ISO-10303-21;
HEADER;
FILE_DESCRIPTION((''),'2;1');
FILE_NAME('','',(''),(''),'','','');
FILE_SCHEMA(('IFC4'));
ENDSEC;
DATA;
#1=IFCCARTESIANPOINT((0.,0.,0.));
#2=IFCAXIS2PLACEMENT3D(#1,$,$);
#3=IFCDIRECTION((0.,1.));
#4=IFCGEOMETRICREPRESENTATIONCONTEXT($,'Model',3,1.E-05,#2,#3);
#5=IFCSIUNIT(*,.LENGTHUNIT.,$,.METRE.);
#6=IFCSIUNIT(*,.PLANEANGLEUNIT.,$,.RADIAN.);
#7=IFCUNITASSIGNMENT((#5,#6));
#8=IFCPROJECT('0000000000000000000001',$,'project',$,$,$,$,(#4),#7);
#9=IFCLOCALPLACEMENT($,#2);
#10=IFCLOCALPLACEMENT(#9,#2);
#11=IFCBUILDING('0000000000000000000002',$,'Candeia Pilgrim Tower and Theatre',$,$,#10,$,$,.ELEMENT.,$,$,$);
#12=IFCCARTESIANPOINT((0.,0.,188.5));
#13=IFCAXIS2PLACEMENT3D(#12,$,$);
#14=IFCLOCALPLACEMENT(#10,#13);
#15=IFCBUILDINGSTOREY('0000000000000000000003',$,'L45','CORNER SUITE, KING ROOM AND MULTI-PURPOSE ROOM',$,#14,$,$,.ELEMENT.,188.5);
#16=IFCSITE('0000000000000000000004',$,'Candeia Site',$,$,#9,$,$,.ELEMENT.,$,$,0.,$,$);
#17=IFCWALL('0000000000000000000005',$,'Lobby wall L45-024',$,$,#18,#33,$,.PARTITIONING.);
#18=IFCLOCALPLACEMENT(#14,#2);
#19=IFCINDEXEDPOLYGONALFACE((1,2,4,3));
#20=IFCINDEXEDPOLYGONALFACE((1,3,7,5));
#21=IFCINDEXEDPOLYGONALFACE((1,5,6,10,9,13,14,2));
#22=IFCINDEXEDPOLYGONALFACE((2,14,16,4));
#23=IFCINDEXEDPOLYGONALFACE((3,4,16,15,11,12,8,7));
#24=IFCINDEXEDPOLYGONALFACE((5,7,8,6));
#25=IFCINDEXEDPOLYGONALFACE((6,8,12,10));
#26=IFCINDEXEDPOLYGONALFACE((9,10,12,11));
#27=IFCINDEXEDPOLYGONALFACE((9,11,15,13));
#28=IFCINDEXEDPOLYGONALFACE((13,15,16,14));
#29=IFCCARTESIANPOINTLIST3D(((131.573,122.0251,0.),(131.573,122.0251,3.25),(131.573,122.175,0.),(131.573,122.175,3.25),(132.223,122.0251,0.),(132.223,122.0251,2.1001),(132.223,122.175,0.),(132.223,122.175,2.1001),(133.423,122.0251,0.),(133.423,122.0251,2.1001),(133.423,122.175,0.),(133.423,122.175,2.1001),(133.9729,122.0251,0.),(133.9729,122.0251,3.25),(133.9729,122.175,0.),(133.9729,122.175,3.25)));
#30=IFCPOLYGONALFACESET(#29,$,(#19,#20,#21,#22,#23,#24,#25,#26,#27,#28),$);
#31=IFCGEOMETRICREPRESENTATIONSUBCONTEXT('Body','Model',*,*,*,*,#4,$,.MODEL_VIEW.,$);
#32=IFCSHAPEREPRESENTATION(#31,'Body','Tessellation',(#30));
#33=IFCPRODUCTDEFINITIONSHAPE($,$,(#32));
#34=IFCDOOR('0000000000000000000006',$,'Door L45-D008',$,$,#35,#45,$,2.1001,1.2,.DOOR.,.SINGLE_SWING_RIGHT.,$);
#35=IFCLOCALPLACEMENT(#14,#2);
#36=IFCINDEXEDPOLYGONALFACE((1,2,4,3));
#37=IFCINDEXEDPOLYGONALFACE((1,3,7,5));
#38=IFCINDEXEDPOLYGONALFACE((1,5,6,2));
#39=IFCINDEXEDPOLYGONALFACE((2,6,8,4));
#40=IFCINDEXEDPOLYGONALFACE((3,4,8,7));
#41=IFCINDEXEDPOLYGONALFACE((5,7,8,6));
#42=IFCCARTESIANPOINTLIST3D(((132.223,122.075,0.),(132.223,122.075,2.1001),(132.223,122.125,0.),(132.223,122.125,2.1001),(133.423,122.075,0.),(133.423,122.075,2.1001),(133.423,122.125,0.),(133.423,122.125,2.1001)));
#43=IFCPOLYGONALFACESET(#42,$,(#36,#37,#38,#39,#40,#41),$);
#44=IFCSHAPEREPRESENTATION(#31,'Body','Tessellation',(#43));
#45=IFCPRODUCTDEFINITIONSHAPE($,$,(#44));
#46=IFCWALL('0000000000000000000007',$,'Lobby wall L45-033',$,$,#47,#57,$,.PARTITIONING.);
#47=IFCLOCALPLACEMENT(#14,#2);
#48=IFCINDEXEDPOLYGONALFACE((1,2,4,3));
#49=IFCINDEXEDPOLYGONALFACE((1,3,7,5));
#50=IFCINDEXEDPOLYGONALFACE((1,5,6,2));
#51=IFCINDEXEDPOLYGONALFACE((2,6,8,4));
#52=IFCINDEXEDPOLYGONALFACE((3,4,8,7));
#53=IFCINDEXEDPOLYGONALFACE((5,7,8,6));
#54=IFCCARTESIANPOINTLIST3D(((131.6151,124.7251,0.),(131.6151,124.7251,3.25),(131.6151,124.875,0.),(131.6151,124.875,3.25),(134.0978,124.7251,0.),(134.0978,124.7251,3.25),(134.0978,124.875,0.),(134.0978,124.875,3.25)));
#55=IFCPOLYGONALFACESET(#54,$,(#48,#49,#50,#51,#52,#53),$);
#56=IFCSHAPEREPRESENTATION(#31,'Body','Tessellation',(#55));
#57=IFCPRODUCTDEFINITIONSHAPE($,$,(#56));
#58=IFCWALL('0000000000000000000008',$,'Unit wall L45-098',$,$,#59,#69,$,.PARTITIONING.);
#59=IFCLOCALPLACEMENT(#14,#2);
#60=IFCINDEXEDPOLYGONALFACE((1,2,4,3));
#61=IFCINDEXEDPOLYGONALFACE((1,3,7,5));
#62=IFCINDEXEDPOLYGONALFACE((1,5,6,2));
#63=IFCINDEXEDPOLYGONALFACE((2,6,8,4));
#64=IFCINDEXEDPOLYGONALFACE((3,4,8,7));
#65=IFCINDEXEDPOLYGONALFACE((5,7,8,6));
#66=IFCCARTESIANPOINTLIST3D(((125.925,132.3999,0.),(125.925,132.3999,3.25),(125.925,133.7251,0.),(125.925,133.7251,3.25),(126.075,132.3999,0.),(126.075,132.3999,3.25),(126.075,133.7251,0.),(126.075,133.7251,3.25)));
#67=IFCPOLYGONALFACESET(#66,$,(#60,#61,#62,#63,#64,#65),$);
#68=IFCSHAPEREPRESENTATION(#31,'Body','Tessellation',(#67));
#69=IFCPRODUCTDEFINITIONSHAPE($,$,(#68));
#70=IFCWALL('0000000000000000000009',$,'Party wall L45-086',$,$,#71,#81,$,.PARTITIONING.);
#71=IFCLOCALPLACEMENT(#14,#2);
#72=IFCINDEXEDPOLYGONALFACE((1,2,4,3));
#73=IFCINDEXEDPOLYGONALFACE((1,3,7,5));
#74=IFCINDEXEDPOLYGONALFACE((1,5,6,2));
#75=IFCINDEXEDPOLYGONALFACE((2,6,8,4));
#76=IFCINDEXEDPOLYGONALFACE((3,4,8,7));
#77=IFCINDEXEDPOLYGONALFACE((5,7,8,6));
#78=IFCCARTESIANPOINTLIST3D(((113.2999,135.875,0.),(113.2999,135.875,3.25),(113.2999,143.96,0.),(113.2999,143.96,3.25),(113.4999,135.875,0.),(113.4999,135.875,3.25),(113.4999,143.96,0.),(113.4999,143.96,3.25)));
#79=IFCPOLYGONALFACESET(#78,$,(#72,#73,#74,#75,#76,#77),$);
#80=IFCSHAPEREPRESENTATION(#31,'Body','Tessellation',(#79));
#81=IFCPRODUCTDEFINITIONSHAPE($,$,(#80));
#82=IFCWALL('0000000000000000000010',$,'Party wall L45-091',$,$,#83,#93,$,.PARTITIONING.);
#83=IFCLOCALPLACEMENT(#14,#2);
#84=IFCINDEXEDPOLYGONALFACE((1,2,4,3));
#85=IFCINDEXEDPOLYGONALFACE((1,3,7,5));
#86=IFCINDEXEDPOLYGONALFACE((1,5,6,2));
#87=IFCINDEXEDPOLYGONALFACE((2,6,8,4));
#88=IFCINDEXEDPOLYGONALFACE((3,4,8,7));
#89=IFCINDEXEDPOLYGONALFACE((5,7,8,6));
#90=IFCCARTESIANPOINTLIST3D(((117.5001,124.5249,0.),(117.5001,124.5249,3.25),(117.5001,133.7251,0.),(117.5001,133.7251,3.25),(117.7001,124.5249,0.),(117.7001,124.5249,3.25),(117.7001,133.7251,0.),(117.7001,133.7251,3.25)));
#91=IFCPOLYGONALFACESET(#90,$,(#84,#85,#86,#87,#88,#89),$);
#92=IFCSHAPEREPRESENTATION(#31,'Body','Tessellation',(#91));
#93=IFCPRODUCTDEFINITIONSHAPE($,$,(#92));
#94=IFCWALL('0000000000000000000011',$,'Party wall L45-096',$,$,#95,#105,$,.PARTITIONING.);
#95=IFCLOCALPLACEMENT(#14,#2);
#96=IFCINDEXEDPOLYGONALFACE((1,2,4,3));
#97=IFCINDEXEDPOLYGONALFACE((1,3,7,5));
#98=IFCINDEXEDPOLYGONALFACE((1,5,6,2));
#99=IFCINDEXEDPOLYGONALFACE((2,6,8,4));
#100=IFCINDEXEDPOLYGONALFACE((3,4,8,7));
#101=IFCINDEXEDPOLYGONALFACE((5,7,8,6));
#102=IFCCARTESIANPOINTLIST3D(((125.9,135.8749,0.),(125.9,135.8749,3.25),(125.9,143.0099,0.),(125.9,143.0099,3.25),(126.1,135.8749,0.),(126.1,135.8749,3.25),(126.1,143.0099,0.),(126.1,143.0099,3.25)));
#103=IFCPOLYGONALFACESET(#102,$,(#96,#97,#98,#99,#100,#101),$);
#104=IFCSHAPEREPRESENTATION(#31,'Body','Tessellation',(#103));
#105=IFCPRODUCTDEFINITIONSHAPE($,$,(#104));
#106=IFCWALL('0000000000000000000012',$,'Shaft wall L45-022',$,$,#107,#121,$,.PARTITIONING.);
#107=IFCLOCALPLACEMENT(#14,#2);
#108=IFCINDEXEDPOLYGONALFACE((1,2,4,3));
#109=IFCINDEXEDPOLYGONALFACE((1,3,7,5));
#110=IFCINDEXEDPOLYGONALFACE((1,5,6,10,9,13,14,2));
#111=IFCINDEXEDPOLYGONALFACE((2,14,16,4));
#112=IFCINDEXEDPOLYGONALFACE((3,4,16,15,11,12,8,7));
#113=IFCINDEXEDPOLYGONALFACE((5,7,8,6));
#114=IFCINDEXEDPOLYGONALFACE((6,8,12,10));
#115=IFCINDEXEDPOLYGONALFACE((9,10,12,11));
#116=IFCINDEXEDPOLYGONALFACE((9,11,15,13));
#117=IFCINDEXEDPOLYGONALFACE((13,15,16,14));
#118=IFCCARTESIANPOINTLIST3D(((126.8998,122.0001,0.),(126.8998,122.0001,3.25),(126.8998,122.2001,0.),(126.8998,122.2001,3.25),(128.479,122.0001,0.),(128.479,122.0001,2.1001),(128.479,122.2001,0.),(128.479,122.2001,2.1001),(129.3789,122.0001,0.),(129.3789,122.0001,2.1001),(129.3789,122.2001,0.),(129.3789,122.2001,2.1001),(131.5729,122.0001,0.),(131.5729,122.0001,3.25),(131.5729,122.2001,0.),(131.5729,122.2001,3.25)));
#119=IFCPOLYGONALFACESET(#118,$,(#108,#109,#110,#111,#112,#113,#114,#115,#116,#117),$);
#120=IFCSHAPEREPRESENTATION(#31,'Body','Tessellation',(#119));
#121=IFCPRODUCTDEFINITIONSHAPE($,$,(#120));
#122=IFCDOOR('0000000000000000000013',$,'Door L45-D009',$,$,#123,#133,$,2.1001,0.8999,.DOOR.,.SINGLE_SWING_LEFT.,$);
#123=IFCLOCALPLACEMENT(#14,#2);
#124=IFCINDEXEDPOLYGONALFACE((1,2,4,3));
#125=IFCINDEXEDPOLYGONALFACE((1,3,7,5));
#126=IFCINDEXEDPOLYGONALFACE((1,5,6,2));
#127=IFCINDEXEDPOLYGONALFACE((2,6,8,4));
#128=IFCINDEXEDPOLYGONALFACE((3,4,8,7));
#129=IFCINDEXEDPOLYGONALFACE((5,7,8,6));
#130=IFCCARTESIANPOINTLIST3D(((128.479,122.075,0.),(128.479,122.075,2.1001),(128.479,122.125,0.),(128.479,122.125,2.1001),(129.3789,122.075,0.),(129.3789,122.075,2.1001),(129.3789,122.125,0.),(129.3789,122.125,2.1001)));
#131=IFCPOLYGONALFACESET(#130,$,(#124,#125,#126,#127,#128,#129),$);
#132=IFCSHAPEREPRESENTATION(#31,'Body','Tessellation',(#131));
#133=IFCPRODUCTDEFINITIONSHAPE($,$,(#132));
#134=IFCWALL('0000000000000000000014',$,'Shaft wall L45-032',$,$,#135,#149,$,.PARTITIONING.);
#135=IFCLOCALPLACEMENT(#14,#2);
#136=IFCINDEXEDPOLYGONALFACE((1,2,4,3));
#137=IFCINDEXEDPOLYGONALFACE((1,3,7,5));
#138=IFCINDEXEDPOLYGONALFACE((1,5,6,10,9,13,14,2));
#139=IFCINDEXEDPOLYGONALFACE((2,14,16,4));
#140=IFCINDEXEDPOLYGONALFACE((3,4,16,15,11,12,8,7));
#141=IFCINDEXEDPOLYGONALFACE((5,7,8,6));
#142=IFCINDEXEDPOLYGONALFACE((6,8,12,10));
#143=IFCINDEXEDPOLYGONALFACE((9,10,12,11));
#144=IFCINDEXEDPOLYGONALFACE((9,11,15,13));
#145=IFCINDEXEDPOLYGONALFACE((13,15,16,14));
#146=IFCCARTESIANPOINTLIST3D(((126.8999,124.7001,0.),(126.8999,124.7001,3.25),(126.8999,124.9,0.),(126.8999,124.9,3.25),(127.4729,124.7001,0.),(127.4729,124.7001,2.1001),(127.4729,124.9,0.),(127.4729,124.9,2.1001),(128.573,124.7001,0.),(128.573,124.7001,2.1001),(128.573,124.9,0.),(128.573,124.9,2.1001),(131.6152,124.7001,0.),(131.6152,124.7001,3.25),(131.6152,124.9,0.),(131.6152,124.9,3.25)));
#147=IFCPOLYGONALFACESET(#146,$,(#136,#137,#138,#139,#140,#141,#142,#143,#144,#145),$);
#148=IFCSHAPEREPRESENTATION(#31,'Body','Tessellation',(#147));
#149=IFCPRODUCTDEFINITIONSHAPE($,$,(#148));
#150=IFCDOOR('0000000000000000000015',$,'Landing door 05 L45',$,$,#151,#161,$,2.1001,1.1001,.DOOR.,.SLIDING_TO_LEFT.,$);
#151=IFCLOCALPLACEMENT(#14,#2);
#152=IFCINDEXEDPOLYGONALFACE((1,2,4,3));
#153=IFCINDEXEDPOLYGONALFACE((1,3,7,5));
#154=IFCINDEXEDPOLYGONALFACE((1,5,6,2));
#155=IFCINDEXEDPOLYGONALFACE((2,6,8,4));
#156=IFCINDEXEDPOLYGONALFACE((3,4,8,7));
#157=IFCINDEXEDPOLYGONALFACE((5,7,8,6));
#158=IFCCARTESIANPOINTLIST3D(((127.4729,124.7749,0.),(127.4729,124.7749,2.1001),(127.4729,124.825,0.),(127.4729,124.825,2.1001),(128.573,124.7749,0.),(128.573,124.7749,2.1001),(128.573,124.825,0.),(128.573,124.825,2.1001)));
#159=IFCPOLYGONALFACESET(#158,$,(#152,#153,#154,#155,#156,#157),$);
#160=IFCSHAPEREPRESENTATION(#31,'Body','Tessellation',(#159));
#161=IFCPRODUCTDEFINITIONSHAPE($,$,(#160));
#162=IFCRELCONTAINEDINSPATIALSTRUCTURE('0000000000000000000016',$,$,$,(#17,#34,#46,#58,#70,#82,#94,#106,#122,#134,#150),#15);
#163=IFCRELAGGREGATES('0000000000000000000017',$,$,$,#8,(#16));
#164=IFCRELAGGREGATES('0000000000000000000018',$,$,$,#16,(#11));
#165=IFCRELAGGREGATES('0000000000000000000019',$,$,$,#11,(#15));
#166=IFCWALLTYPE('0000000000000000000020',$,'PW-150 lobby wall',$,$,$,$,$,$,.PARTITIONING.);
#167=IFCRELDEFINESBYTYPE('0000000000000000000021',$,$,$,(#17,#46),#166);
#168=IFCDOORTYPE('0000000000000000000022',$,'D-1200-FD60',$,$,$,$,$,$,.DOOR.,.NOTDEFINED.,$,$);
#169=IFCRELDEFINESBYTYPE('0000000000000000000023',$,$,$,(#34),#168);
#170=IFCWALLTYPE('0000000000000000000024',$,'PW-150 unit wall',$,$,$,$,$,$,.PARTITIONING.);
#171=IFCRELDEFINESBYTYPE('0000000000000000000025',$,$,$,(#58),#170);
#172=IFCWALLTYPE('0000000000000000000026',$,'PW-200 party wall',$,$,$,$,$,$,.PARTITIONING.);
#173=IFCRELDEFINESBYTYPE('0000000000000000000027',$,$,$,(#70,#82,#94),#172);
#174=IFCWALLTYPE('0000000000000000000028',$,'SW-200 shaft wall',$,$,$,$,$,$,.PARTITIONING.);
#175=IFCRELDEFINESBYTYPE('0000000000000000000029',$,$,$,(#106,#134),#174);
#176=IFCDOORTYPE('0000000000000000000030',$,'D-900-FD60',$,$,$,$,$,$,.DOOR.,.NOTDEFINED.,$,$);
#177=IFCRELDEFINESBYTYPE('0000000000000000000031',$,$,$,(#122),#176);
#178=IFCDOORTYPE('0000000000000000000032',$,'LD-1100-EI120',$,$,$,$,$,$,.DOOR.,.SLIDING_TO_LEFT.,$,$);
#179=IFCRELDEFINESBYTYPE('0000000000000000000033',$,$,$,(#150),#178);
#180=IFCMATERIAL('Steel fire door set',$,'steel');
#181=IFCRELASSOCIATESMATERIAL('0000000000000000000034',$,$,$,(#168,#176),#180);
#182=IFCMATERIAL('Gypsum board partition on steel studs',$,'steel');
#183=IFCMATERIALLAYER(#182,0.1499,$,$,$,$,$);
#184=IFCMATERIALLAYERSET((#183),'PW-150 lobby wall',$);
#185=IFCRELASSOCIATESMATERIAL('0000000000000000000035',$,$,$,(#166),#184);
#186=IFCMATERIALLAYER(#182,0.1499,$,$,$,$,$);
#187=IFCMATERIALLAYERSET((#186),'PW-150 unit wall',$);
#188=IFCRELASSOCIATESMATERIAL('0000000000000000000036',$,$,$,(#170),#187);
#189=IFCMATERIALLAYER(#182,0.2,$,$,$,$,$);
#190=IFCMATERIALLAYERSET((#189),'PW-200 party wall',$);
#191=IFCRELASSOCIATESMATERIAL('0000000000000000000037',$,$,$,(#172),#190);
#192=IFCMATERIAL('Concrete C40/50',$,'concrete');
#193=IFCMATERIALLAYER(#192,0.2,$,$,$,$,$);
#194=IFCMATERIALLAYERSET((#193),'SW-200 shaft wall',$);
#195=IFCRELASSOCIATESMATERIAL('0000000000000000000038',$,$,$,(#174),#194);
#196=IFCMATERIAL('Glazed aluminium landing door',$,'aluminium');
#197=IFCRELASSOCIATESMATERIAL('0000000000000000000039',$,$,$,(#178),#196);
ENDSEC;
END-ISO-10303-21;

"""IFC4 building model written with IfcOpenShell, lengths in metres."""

from ifc_helpers import new_model, si_unit, direction, frame, frame_2d, origin, place, context, subcontext, project, spatial, rectangle, extrude, material, layer, layer_set, type_object, element, fill, save


model = new_model("IFC4")

# Units and contexts
model_context = context("Model", 3, precision=1e-05, world=origin(), true_north=direction((0.0, 1.0)))
body_context = subcontext(model_context, "Body", "Model", "MODEL_VIEW")
ifc_project = project(units=[si_unit("LENGTHUNIT", "METRE"), si_unit("PLANEANGLEUNIT", "RADIAN")], contexts=[model_context])

# Site, building, storey
site_placement = place(None, origin())
site = spatial("IfcSite", under=ifc_project, at=site_placement, Name="Candeia Site", CompositionType="ELEMENT", RefElevation=0.0)
building_placement = place(site_placement, origin())
building = spatial("IfcBuilding", under=site, at=building_placement, Name="Candeia Pilgrim Tower and Theatre", CompositionType="ELEMENT")
storey_placement = place(building_placement, frame((0.0, 0.0, 188.5)))
storey = spatial("IfcBuildingStorey", under=building, at=storey_placement, Name="L45", Description="CORNER SUITE, KING ROOM AND MULTI-PURPOSE ROOM", CompositionType="ELEMENT", Elevation=188.5)

# Shared definitions
ifc_material_1 = material(Name="Steel fire door set", Category="steel")
door_type_1 = type_object("IfcDoorType", Name="D-1200-FD60", OperationType="NOTDEFINED", PredefinedType="DOOR", material=ifc_material_1)

# Shared definitions
ifc_material_2 = material(Name="Gypsum board partition on steel studs", Category="steel")

# Wall, opening, door
ifc_layer_1 = layer(ifc_material_2, 0.1499)
ifc_layer_set_1 = layer_set([ifc_layer_1], Name="PW-150 lobby wall")
wall_type_1 = type_object("IfcWallType", Name="PW-150 lobby wall", PredefinedType="PARTITIONING", material=ifc_layer_set_1)
wall_1_placement = place(storey_placement, frame((131.573, 122.1001, 0.0), z_axis=(0.0, 0.0, 1.0), x_axis=(1.0, 0.0, 0.0)))
wall_1 = element("IfcWall", 1, at=wall_1_placement, inside=storey, type_object=wall_type_1, Name="Lobby wall L45-024", PredefinedType="PARTITIONING", context=body_context, shape_type="SweptSolid", body=[
    extrude(rectangle(XDim=2.3999, YDim=0.1499, at=frame_2d((1.2, 0.0))), origin(), (0.0, 0.0, 1.0), 3.25),
])
opening_1_placement = place(wall_1_placement, frame((0.6499, 0.0, 0.0)))
opening_1 = element("IfcOpeningElement", 2, at=opening_1_placement, cuts=wall_1, PredefinedType="OPENING", context=body_context, shape_type="SweptSolid", body=[
    extrude(rectangle(XDim=1.2, YDim=2.1001, at=frame_2d((0.6001, 1.05))), frame((0.0, 0.085, 0.0), z_axis=(0.0, -1.0, 0.0), x_axis=(1.0, 0.0, 0.0)), (0.0, 0.0, 1.0), 0.1699),
])
door_1_placement = place(opening_1_placement, origin())
door_1 = element("IfcDoor", 3, at=door_1_placement, inside=storey, type_object=door_type_1, Name="Door L45-D008", OperationType="SINGLE_SWING_RIGHT", OverallHeight=2.1001, OverallWidth=1.2, PredefinedType="DOOR", context=body_context, shape_type="SweptSolid", body=[
    extrude(rectangle(XDim=1.2, YDim=2.1001, at=frame_2d((0.6001, 1.05))), frame((0.0, 0.0249, 0.0), z_axis=(0.0, -1.0, 0.0), x_axis=(1.0, 0.0, 0.0)), (0.0, 0.0, 1.0), 0.05),
])
fill(opening_1, door_1)

# Walls
wall_2_placement = place(storey_placement, frame((131.6152, 124.8, 0.0), z_axis=(0.0, 0.0, 1.0), x_axis=(1.0, 0.0, 0.0)))
element("IfcWall", 4, at=wall_2_placement, inside=storey, type_object=wall_type_1, Name="Lobby wall L45-033", PredefinedType="PARTITIONING", context=body_context, shape_type="SweptSolid", body=[
    extrude(rectangle(XDim=2.4827, YDim=0.1499, at=frame_2d((1.2412, 0.0))), origin(), (0.0, 0.0, 1.0), 3.25),
])
ifc_layer_2 = layer(ifc_material_2, 0.1499)
ifc_layer_set_2 = layer_set([ifc_layer_2], Name="PW-150 unit wall")
wall_type_2 = type_object("IfcWallType", Name="PW-150 unit wall", PredefinedType="PARTITIONING", material=ifc_layer_set_2)
wall_3_placement = place(storey_placement, frame((126.0, 132.3999, 0.0), z_axis=(0.0, 0.0, 1.0), x_axis=(0.0, 1.0, 0.0)))
element("IfcWall", 5, at=wall_3_placement, inside=storey, type_object=wall_type_2, Name="Unit wall L45-098", PredefinedType="PARTITIONING", context=body_context, shape_type="SweptSolid", body=[
    extrude(rectangle(XDim=1.3252, YDim=0.1499, at=frame_2d((0.6626, 0.0))), origin(), (0.0, 0.0, 1.0), 3.25),
])
ifc_layer_3 = layer(ifc_material_2, 0.2)
ifc_layer_set_3 = layer_set([ifc_layer_3], Name="PW-200 party wall")
wall_type_3 = type_object("IfcWallType", Name="PW-200 party wall", PredefinedType="PARTITIONING", material=ifc_layer_set_3)
wall_4_placement = place(storey_placement, frame((113.3999, 135.875, 0.0), z_axis=(0.0, 0.0, 1.0), x_axis=(0.0, 1.0, 0.0)))
element("IfcWall", 6, at=wall_4_placement, inside=storey, type_object=wall_type_3, Name="Party wall L45-086", PredefinedType="PARTITIONING", context=body_context, shape_type="SweptSolid", body=[
    extrude(rectangle(XDim=8.085, YDim=0.2, at=frame_2d((4.0425, 0.0))), origin(), (0.0, 0.0, 1.0), 3.25),
])
wall_5_placement = place(storey_placement, frame((117.6001, 124.5249, 0.0), z_axis=(0.0, 0.0, 1.0), x_axis=(0.0, 1.0, 0.0)))
element("IfcWall", 7, at=wall_5_placement, inside=storey, type_object=wall_type_3, Name="Party wall L45-091", PredefinedType="PARTITIONING", context=body_context, shape_type="SweptSolid", body=[
    extrude(rectangle(XDim=9.2002, YDim=0.2, at=frame_2d((4.6001, 0.0))), origin(), (0.0, 0.0, 1.0), 3.25),
])
wall_6_placement = place(storey_placement, frame((126.0, 135.875, 0.0), z_axis=(0.0, 0.0, 1.0), x_axis=(0.0, 1.0, 0.0)))
element("IfcWall", 8, at=wall_6_placement, inside=storey, type_object=wall_type_3, Name="Party wall L45-096", PredefinedType="PARTITIONING", context=body_context, shape_type="SweptSolid", body=[
    extrude(rectangle(XDim=7.135, YDim=0.2, at=frame_2d((3.5674, 0.0))), origin(), (0.0, 0.0, 1.0), 3.25),
])

# Walls, openings, doors
ifc_material_3 = material(Name="Concrete C40/50", Category="concrete")
ifc_layer_4 = layer(ifc_material_3, 0.2)
ifc_layer_set_4 = layer_set([ifc_layer_4], Name="SW-200 shaft wall")
wall_type_4 = type_object("IfcWallType", Name="SW-200 shaft wall", PredefinedType="PARTITIONING", material=ifc_layer_set_4)
wall_7_placement = place(storey_placement, frame((126.8999, 122.1001, 0.0), z_axis=(0.0, 0.0, 1.0), x_axis=(1.0, 0.0, 0.0)))
wall_7 = element("IfcWall", 9, at=wall_7_placement, inside=storey, type_object=wall_type_4, Name="Shaft wall L45-022", PredefinedType="PARTITIONING", context=body_context, shape_type="SweptSolid", body=[
    extrude(rectangle(XDim=4.6731, YDim=0.2, at=frame_2d((2.3364, 0.0))), origin(), (0.0, 0.0, 1.0), 3.25),
])
opening_2_placement = place(wall_7_placement, frame((1.5791, 0.0, 0.0)))
opening_2 = element("IfcOpeningElement", 10, at=opening_2_placement, cuts=wall_7, PredefinedType="OPENING", context=body_context, shape_type="SweptSolid", body=[
    extrude(rectangle(XDim=0.8999, YDim=2.1001, at=frame_2d((0.45, 1.05))), frame((0.0, 0.1099, 0.0), z_axis=(0.0, -1.0, 0.0), x_axis=(1.0, 0.0, 0.0)), (0.0, 0.0, 1.0), 0.22),
])
door_type_2 = type_object("IfcDoorType", Name="D-900-FD60", OperationType="NOTDEFINED", PredefinedType="DOOR", material=ifc_material_1)
door_2_placement = place(opening_2_placement, origin())
door_2 = element("IfcDoor", 11, at=door_2_placement, inside=storey, type_object=door_type_2, Name="Door L45-D009", OperationType="SINGLE_SWING_LEFT", OverallHeight=2.1001, OverallWidth=0.8999, PredefinedType="DOOR", context=body_context, shape_type="SweptSolid", body=[
    extrude(rectangle(XDim=0.8999, YDim=2.1001, at=frame_2d((0.45, 1.05))), frame((0.0, 0.0249, 0.0), z_axis=(0.0, -1.0, 0.0), x_axis=(1.0, 0.0, 0.0)), (0.0, 0.0, 1.0), 0.05),
])
fill(opening_2, door_2)
wall_8_placement = place(storey_placement, frame((126.8999, 124.8, 0.0), z_axis=(0.0, 0.0, 1.0), x_axis=(1.0, 0.0, 0.0)))
wall_8 = element("IfcWall", 12, at=wall_8_placement, inside=storey, type_object=wall_type_4, Name="Shaft wall L45-032", PredefinedType="PARTITIONING", context=body_context, shape_type="SweptSolid", body=[
    extrude(rectangle(XDim=4.7153, YDim=0.2, at=frame_2d((2.3577, 0.0))), origin(), (0.0, 0.0, 1.0), 3.25),
])
opening_3_placement = place(wall_8_placement, frame((0.573, 0.0, 0.0)))
opening_3 = element("IfcOpeningElement", 13, at=opening_3_placement, cuts=wall_8, PredefinedType="OPENING", context=body_context, shape_type="SweptSolid", body=[
    extrude(rectangle(XDim=1.1001, YDim=2.1001, at=frame_2d((0.55, 1.05))), frame((0.0, 0.1099, 0.0), z_axis=(0.0, -1.0, 0.0), x_axis=(1.0, 0.0, 0.0)), (0.0, 0.0, 1.0), 0.22),
])
ifc_material_4 = material(Name="Glazed aluminium landing door", Category="aluminium")
door_type_3 = type_object("IfcDoorType", Name="LD-1100-EI120", OperationType="SLIDING_TO_LEFT", PredefinedType="DOOR", material=ifc_material_4)
door_3_placement = place(opening_3_placement, origin())
door_3 = element("IfcDoor", 14, at=door_3_placement, inside=storey, type_object=door_type_3, Name="Landing door 05 L45", OperationType="SLIDING_TO_LEFT", OverallHeight=2.1001, OverallWidth=1.1001, PredefinedType="DOOR", context=body_context, shape_type="SweptSolid", body=[
    extrude(rectangle(XDim=1.1001, YDim=2.1001, at=frame_2d((0.55, 1.05))), frame((0.0, 0.0249, 0.0), z_axis=(0.0, -1.0, 0.0), x_axis=(1.0, 0.0, 0.0)), (0.0, 0.0, 1.0), 0.05),
])
fill(opening_3, door_3)

save(model, "model.ifc")
